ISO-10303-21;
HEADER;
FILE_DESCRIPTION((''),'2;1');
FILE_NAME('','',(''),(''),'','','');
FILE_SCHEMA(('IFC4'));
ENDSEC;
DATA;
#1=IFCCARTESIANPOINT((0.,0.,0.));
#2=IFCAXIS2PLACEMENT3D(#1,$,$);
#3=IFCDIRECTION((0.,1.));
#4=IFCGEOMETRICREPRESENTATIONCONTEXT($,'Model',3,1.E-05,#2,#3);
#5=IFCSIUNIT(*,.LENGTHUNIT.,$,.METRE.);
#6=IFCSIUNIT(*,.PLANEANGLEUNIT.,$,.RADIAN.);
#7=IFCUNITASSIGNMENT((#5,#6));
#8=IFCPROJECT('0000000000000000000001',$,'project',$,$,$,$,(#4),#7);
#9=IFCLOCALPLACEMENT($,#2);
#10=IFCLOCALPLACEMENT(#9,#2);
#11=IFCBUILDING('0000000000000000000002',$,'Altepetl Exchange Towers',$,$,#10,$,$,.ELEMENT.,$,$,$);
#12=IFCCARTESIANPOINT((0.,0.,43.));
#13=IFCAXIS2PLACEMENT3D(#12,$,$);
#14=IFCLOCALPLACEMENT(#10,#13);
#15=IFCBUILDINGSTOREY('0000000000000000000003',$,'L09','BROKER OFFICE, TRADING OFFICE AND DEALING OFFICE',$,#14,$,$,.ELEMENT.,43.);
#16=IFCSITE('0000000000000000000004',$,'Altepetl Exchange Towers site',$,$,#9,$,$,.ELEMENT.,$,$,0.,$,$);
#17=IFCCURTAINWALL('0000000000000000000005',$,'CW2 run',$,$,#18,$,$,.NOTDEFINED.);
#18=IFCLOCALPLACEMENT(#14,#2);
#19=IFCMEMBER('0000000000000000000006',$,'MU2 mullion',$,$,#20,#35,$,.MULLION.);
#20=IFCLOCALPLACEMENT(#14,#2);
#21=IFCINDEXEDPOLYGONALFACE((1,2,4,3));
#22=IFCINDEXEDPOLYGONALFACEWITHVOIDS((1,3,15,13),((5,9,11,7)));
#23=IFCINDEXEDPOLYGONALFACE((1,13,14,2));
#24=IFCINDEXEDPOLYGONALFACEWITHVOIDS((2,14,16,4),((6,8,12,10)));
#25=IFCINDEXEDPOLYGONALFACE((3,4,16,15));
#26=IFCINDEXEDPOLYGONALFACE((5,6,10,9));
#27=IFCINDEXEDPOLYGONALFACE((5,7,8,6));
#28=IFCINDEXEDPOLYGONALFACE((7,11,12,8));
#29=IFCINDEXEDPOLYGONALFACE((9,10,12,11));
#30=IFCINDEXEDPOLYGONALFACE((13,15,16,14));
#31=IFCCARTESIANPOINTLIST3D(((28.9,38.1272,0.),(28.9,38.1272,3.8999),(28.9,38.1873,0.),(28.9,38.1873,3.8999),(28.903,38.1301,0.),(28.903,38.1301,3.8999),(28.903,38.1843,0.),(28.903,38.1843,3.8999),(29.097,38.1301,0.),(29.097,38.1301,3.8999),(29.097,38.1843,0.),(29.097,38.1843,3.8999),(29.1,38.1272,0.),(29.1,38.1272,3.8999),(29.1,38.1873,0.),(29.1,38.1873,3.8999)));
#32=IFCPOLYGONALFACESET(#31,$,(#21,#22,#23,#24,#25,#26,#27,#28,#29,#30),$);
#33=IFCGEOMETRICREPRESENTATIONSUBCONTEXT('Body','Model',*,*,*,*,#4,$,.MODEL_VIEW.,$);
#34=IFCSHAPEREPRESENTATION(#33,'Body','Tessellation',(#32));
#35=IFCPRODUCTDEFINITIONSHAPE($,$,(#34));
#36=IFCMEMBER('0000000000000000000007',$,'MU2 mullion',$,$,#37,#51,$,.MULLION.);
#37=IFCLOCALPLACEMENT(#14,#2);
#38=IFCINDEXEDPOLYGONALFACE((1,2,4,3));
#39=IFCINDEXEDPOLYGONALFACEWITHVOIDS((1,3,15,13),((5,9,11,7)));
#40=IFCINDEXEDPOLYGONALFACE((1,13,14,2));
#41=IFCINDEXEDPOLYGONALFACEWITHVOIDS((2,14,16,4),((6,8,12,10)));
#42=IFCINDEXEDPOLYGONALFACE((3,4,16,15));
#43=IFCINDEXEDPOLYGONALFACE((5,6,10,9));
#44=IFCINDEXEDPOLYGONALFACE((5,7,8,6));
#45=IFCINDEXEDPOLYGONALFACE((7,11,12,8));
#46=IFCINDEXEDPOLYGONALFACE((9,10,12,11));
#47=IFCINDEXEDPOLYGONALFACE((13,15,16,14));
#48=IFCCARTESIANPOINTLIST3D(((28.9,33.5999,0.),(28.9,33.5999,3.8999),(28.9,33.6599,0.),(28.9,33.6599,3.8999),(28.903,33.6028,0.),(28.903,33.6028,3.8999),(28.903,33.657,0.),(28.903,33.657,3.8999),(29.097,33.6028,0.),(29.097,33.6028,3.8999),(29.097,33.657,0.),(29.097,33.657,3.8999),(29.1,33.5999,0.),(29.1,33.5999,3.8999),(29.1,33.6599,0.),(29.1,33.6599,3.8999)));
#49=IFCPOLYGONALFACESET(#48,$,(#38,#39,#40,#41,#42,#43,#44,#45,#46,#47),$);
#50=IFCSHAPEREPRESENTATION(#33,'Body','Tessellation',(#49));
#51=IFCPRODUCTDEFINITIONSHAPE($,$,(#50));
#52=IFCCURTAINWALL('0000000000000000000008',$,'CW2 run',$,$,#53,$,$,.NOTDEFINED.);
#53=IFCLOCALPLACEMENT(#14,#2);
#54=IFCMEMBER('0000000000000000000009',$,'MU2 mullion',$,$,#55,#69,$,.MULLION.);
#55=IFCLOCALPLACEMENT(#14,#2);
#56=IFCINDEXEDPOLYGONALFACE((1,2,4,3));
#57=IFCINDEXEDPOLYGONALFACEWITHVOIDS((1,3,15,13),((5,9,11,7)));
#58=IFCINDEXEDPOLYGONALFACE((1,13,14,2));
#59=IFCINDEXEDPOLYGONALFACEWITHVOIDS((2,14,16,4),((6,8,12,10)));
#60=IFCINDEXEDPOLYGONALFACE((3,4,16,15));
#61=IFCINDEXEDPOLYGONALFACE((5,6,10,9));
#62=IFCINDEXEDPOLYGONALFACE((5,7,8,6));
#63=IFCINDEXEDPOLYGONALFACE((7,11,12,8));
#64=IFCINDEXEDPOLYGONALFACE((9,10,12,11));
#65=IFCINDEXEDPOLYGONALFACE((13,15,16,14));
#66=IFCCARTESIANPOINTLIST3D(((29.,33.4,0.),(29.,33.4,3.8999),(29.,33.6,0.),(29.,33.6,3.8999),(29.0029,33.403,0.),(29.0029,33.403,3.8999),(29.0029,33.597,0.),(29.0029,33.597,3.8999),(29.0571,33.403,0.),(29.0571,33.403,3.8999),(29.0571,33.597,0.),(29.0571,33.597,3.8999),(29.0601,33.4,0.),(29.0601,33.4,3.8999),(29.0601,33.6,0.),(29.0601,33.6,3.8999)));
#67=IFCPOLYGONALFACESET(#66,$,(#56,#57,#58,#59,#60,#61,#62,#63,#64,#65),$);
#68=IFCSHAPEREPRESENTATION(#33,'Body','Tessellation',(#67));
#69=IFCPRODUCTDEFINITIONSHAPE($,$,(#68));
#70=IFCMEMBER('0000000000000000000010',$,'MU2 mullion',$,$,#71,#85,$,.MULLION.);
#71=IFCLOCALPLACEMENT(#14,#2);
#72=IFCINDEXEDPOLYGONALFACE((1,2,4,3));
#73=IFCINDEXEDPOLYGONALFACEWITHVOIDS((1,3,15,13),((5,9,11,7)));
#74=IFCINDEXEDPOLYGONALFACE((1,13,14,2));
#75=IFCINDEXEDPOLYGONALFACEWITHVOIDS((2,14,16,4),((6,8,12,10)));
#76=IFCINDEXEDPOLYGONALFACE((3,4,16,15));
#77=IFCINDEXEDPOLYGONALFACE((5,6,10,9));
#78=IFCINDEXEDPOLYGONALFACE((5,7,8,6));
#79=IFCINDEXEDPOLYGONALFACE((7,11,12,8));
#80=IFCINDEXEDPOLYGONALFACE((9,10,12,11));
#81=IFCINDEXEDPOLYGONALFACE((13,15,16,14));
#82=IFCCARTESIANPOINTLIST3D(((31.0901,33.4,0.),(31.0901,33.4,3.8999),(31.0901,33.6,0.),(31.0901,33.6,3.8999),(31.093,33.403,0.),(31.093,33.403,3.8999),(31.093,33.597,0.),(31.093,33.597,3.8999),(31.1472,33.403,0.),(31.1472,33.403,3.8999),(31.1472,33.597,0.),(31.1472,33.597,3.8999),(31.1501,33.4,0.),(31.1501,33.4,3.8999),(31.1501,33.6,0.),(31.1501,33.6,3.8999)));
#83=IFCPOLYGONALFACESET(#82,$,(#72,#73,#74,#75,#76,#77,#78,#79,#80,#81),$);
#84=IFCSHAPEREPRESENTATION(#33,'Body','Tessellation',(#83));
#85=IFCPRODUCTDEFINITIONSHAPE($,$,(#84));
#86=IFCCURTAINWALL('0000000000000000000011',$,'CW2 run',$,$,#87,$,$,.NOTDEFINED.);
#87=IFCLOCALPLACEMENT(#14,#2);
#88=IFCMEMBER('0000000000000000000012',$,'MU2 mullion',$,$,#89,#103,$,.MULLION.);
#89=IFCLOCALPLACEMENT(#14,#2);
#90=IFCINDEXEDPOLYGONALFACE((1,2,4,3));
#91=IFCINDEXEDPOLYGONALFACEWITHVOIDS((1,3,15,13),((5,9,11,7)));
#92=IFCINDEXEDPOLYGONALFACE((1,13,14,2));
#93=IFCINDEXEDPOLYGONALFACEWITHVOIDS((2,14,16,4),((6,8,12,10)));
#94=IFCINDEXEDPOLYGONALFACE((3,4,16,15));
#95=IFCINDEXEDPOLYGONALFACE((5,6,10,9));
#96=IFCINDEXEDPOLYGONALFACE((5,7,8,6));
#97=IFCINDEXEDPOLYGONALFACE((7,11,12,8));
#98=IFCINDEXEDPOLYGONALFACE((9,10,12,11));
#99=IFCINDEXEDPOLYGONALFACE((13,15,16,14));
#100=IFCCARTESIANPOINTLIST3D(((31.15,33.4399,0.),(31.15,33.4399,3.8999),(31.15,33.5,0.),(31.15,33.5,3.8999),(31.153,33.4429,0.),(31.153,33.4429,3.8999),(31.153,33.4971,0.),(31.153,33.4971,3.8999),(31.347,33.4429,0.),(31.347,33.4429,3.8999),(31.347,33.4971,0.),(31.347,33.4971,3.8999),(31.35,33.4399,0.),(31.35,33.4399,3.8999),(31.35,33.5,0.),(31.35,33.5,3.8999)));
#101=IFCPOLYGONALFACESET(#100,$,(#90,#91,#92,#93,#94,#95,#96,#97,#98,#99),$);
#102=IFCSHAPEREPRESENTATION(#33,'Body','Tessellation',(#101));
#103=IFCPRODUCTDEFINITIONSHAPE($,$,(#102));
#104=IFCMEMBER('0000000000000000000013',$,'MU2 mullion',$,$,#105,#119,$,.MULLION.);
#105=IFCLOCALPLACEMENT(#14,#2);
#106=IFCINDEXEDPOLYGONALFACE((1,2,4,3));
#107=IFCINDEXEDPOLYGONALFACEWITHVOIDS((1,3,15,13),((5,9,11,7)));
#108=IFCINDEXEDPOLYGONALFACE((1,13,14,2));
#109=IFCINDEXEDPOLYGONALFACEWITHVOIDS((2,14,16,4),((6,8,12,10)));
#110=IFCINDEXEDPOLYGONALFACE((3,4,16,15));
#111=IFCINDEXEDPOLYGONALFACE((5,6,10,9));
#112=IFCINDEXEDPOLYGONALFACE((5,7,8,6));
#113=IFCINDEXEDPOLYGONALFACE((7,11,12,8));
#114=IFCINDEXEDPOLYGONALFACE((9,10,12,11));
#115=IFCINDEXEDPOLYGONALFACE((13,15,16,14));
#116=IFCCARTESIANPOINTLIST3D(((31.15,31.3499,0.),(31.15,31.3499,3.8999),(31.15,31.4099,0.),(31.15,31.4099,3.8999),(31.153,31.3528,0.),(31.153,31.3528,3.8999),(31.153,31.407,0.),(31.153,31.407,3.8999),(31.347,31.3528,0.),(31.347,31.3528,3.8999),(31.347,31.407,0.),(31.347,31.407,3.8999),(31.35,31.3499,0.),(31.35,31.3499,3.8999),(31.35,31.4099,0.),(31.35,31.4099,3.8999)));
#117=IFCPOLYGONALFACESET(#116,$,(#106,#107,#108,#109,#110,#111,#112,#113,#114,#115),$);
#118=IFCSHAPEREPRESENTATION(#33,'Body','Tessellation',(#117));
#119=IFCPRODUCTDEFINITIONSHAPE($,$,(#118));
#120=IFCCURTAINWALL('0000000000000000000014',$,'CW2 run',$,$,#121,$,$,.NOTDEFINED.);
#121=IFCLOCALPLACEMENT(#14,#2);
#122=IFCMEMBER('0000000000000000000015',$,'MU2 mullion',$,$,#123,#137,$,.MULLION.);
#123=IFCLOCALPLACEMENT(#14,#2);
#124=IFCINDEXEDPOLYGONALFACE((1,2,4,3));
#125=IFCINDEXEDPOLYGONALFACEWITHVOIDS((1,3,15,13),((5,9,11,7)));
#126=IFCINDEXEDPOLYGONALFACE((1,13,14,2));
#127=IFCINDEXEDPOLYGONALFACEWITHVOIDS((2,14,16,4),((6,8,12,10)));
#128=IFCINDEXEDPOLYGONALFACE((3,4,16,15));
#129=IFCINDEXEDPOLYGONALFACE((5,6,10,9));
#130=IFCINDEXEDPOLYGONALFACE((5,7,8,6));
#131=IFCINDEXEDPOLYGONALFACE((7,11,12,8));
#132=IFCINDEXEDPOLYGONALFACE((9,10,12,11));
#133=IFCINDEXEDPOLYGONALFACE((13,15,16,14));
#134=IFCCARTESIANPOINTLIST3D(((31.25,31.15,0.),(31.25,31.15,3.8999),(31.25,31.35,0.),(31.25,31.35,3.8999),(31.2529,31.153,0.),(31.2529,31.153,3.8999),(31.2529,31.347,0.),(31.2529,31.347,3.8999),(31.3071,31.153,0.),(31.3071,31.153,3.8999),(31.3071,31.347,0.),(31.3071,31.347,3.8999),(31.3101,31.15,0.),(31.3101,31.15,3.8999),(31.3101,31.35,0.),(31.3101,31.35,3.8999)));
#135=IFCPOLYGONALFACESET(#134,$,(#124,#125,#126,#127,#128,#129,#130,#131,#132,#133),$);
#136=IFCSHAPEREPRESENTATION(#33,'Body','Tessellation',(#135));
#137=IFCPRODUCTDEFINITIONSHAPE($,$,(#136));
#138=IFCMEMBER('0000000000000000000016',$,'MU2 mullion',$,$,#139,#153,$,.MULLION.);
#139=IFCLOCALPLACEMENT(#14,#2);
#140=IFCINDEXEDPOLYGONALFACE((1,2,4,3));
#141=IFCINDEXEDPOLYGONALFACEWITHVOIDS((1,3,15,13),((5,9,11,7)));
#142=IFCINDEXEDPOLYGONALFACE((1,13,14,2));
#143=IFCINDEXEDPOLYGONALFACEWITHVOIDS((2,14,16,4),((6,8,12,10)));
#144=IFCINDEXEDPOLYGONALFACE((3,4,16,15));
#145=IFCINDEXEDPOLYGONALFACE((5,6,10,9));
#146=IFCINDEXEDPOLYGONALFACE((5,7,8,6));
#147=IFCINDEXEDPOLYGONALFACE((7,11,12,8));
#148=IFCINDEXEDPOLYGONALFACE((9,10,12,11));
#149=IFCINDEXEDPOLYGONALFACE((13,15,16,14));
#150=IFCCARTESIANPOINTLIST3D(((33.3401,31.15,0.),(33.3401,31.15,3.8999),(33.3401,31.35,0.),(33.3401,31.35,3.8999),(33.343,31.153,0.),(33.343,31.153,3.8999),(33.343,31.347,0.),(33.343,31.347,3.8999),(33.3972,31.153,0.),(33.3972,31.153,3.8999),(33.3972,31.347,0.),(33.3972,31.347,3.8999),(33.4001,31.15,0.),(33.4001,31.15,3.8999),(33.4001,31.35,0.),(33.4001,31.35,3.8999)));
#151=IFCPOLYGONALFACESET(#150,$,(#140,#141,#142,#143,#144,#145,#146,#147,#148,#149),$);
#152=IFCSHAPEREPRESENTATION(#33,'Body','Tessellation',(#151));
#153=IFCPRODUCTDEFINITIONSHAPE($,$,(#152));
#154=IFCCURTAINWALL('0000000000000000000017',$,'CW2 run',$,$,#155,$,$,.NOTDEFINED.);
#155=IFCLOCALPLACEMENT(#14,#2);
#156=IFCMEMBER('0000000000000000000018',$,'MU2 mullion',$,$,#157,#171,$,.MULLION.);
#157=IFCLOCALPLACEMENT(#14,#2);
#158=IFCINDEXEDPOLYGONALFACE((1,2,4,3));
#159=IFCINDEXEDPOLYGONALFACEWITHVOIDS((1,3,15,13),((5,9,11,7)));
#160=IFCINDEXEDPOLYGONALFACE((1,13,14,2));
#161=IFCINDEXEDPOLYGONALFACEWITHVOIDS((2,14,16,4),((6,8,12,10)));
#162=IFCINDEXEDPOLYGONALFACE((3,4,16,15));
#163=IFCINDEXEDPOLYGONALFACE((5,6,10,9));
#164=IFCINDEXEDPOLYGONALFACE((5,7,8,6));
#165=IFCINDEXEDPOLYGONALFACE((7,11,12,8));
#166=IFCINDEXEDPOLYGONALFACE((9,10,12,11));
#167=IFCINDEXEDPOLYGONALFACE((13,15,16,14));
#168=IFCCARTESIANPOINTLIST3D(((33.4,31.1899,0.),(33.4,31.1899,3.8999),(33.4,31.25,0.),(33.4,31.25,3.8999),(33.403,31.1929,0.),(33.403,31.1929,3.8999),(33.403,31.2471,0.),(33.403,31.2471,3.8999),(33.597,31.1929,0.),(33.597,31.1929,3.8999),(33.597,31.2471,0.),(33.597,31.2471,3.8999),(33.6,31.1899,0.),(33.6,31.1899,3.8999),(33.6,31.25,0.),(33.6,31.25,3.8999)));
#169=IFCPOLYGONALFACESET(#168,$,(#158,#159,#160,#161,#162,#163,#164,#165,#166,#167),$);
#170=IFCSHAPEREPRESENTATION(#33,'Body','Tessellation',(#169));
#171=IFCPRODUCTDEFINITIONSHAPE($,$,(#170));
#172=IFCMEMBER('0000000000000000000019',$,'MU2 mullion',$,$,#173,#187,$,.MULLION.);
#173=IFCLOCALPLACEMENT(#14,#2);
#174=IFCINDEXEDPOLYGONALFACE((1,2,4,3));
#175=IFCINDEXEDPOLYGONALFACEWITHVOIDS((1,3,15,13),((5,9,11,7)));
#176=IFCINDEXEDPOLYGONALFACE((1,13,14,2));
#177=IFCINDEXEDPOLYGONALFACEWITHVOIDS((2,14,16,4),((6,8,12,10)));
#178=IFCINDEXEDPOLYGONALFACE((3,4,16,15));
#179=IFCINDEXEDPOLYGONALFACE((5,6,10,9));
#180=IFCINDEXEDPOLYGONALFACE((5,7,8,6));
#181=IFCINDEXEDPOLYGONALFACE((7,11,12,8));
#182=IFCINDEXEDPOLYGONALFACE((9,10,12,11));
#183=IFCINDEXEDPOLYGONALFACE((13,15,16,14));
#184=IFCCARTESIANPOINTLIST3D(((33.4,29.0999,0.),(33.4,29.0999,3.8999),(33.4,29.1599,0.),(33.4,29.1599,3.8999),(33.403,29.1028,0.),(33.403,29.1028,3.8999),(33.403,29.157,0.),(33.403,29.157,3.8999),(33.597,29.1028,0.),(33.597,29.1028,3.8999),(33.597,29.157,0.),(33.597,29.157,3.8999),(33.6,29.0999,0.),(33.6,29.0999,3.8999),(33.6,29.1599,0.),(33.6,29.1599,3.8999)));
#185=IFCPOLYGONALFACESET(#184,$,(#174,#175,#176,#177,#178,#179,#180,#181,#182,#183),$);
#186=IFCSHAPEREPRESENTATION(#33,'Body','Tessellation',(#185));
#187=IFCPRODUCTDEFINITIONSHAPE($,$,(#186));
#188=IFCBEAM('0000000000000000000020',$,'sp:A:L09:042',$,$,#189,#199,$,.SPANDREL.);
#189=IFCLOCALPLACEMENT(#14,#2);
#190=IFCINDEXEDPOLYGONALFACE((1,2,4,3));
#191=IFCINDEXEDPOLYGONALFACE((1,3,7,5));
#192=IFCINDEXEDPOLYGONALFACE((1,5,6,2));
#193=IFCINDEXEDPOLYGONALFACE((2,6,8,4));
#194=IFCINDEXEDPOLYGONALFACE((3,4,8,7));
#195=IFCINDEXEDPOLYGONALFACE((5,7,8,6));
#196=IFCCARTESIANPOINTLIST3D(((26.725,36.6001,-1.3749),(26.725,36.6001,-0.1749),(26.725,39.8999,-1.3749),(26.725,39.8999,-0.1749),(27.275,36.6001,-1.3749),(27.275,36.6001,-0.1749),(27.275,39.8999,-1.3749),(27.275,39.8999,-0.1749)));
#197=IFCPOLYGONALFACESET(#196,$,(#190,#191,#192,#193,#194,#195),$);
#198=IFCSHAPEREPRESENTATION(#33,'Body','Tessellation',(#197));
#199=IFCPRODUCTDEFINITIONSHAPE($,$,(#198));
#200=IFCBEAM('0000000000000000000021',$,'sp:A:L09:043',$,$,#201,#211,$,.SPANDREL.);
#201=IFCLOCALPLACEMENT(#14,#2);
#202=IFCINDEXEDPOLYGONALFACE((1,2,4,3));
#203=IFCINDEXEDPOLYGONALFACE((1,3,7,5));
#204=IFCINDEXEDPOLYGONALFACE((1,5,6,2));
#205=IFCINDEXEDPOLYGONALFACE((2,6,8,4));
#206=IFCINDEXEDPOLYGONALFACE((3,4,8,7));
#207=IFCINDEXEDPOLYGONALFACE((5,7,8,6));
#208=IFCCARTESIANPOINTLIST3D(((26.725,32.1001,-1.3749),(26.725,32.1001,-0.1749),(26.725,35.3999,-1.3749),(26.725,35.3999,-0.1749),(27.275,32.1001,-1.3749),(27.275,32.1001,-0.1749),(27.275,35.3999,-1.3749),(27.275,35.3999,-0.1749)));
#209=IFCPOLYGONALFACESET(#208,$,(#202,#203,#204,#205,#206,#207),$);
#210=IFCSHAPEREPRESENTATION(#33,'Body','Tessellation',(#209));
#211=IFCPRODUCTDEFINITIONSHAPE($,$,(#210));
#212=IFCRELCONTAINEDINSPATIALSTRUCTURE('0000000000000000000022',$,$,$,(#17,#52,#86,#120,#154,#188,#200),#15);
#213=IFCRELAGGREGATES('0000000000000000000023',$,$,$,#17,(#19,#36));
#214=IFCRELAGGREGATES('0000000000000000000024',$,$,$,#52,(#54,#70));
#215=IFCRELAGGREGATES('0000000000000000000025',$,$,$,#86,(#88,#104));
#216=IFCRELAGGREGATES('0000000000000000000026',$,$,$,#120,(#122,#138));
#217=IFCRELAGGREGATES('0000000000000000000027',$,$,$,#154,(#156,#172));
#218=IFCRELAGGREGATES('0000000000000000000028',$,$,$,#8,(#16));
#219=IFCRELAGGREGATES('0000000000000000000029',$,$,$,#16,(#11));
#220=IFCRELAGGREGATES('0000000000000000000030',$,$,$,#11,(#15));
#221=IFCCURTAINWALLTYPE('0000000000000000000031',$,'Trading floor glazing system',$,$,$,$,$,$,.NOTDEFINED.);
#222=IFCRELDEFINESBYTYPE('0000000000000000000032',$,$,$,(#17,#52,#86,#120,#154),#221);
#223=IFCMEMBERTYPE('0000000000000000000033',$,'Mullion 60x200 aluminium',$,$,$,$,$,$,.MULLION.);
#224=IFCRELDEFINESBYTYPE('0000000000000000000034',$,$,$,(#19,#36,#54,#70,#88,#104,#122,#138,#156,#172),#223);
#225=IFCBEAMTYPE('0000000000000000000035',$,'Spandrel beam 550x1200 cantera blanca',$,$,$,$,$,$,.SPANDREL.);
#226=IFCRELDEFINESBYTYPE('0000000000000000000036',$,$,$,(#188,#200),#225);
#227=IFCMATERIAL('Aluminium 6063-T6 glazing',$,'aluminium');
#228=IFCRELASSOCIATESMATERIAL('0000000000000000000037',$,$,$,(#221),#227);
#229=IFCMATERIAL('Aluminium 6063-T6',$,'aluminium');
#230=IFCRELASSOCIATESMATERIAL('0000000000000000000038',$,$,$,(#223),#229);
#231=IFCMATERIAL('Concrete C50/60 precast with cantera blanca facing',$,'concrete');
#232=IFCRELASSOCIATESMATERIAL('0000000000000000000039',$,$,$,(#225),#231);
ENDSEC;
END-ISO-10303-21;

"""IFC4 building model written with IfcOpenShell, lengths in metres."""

from ifc_helpers import new_model, si_unit, direction, frame, origin, origin_2d, place, context, subcontext, project, spatial, rectangle, hollow_rectangle, extrude, material, material_profile, profile_set, type_object, element, aggregate, save


model = new_model("IFC4")

# Units and contexts
model_context = context("Model", 3, precision=1e-05, world=origin(), true_north=direction((0.0, 1.0)))
body_context = subcontext(model_context, "Body", "Model", "MODEL_VIEW")
ifc_project = project(units=[si_unit("LENGTHUNIT", "METRE"), si_unit("PLANEANGLEUNIT", "RADIAN")], contexts=[model_context])

# Site, building, storey
site_placement = place(None, origin())
site = spatial("IfcSite", under=ifc_project, at=site_placement, Name="Altepetl Exchange Towers site", CompositionType="ELEMENT", RefElevation=0.0)
building_placement = place(site_placement, origin())
building = spatial("IfcBuilding", under=site, at=building_placement, Name="Altepetl Exchange Towers", CompositionType="ELEMENT")
storey_placement = place(building_placement, frame((0.0, 0.0, 43.0)))
storey = spatial("IfcBuildingStorey", under=building, at=storey_placement, Name="L09", Description="BROKER OFFICE, TRADING OFFICE AND DEALING OFFICE", CompositionType="ELEMENT", Elevation=43.0)

# Curtain walls, members
ifc_material_1 = material(Name="Aluminium 6063-T6 glazing", Category="aluminium")
curtain_wall_type = type_object("IfcCurtainWallType", Name="Trading floor glazing system", PredefinedType="NOTDEFINED", material=ifc_material_1)
curtain_wall_1_placement = place(storey_placement, origin())
curtain_wall_1 = element("IfcCurtainWall", 1, at=curtain_wall_1_placement, inside=storey, type_object=curtain_wall_type, Name="CW2 run", PredefinedType="NOTDEFINED")
ifc_material_2 = material(Name="Aluminium 6063-T6", Category="aluminium")
ifc_material_profile_1 = material_profile(ifc_material_2, hollow_rectangle(XDim=0.0601, YDim=0.2, WallThickness=0.0029, at=origin_2d()), Name="Mullion 60x200 aluminium")
ifc_profile_set_1 = profile_set([ifc_material_profile_1], Name="Aluminium 6063-T6")
member_type = type_object("IfcMemberType", Name="Mullion 60x200 aluminium", PredefinedType="MULLION", material=ifc_profile_set_1)
member_1_placement = place(storey_placement, frame((29.0, 38.1572, 0.0), z_axis=(0.0, 0.0, 1.0), x_axis=(0.0, -1.0, 0.0)))
member_1 = element("IfcMember", 2, at=member_1_placement, type_object=member_type, Name="MU2 mullion", PredefinedType="MULLION", context=body_context, shape_type="SweptSolid", body=[
    extrude(hollow_rectangle(XDim=0.0601, YDim=0.2, WallThickness=0.0029, at=origin_2d()), origin(), (0.0, 0.0, 1.0), 3.8999),
])
member_2_placement = place(storey_placement, frame((29.0, 33.6299, 0.0), z_axis=(0.0, 0.0, 1.0), x_axis=(0.0, -1.0, 0.0)))
member_2 = element("IfcMember", 3, at=member_2_placement, type_object=member_type, Name="MU2 mullion", PredefinedType="MULLION", context=body_context, shape_type="SweptSolid", body=[
    extrude(hollow_rectangle(XDim=0.0601, YDim=0.2, WallThickness=0.0029, at=origin_2d()), origin(), (0.0, 0.0, 1.0), 3.8999),
])
curtain_wall_2_placement = place(storey_placement, origin())
curtain_wall_2 = element("IfcCurtainWall", 4, at=curtain_wall_2_placement, inside=storey, type_object=curtain_wall_type, Name="CW2 run", PredefinedType="NOTDEFINED")
member_3_placement = place(storey_placement, frame((29.03, 33.5, 0.0)))
member_3 = element("IfcMember", 5, at=member_3_placement, type_object=member_type, Name="MU2 mullion", PredefinedType="MULLION", context=body_context, shape_type="SweptSolid", body=[
    extrude(hollow_rectangle(XDim=0.0601, YDim=0.2, WallThickness=0.0029, at=origin_2d()), origin(), (0.0, 0.0, 1.0), 3.8999),
])
member_4_placement = place(storey_placement, frame((31.1201, 33.5, 0.0)))
member_4 = element("IfcMember", 6, at=member_4_placement, type_object=member_type, Name="MU2 mullion", PredefinedType="MULLION", context=body_context, shape_type="SweptSolid", body=[
    extrude(hollow_rectangle(XDim=0.0601, YDim=0.2, WallThickness=0.0029, at=origin_2d()), origin(), (0.0, 0.0, 1.0), 3.8999),
])
curtain_wall_3_placement = place(storey_placement, origin())
curtain_wall_3 = element("IfcCurtainWall", 7, at=curtain_wall_3_placement, inside=storey, type_object=curtain_wall_type, Name="CW2 run", PredefinedType="NOTDEFINED")
member_5_placement = place(storey_placement, frame((31.25, 33.47, 0.0), z_axis=(0.0, 0.0, 1.0), x_axis=(0.0, -1.0, 0.0)))
member_5 = element("IfcMember", 8, at=member_5_placement, type_object=member_type, Name="MU2 mullion", PredefinedType="MULLION", context=body_context, shape_type="SweptSolid", body=[
    extrude(hollow_rectangle(XDim=0.0601, YDim=0.2, WallThickness=0.0029, at=origin_2d()), origin(), (0.0, 0.0, 1.0), 3.8999),
])
member_6_placement = place(storey_placement, frame((31.25, 31.3799, 0.0), z_axis=(0.0, 0.0, 1.0), x_axis=(0.0, -1.0, 0.0)))
member_6 = element("IfcMember", 9, at=member_6_placement, type_object=member_type, Name="MU2 mullion", PredefinedType="MULLION", context=body_context, shape_type="SweptSolid", body=[
    extrude(hollow_rectangle(XDim=0.0601, YDim=0.2, WallThickness=0.0029, at=origin_2d()), origin(), (0.0, 0.0, 1.0), 3.8999),
])
curtain_wall_4_placement = place(storey_placement, origin())
curtain_wall_4 = element("IfcCurtainWall", 10, at=curtain_wall_4_placement, inside=storey, type_object=curtain_wall_type, Name="CW2 run", PredefinedType="NOTDEFINED")
member_7_placement = place(storey_placement, frame((31.28, 31.25, 0.0)))
member_7 = element("IfcMember", 11, at=member_7_placement, type_object=member_type, Name="MU2 mullion", PredefinedType="MULLION", context=body_context, shape_type="SweptSolid", body=[
    extrude(hollow_rectangle(XDim=0.0601, YDim=0.2, WallThickness=0.0029, at=origin_2d()), origin(), (0.0, 0.0, 1.0), 3.8999),
])
member_8_placement = place(storey_placement, frame((33.3701, 31.25, 0.0)))
member_8 = element("IfcMember", 12, at=member_8_placement, type_object=member_type, Name="MU2 mullion", PredefinedType="MULLION", context=body_context, shape_type="SweptSolid", body=[
    extrude(hollow_rectangle(XDim=0.0601, YDim=0.2, WallThickness=0.0029, at=origin_2d()), origin(), (0.0, 0.0, 1.0), 3.8999),
])
curtain_wall_5_placement = place(storey_placement, origin())
curtain_wall_5 = element("IfcCurtainWall", 13, at=curtain_wall_5_placement, inside=storey, type_object=curtain_wall_type, Name="CW2 run", PredefinedType="NOTDEFINED")
member_9_placement = place(storey_placement, frame((33.5, 31.22, 0.0), z_axis=(0.0, 0.0, 1.0), x_axis=(0.0, -1.0, 0.0)))
member_9 = element("IfcMember", 14, at=member_9_placement, type_object=member_type, Name="MU2 mullion", PredefinedType="MULLION", context=body_context, shape_type="SweptSolid", body=[
    extrude(hollow_rectangle(XDim=0.0601, YDim=0.2, WallThickness=0.0029, at=origin_2d()), origin(), (0.0, 0.0, 1.0), 3.8999),
])
member_10_placement = place(storey_placement, frame((33.5, 29.1299, 0.0), z_axis=(0.0, 0.0, 1.0), x_axis=(0.0, -1.0, 0.0)))
member_10 = element("IfcMember", 15, at=member_10_placement, type_object=member_type, Name="MU2 mullion", PredefinedType="MULLION", context=body_context, shape_type="SweptSolid", body=[
    extrude(hollow_rectangle(XDim=0.0601, YDim=0.2, WallThickness=0.0029, at=origin_2d()), origin(), (0.0, 0.0, 1.0), 3.8999),
])

# Beams
ifc_material_3 = material(Name="Concrete C50/60 precast with cantera blanca facing", Category="concrete")
ifc_material_profile_2 = material_profile(ifc_material_3, rectangle(XDim=0.55, YDim=1.2, at=origin_2d()), Name="550 x 1200")
ifc_profile_set_2 = profile_set([ifc_material_profile_2], Name="Concrete C50/60 precast with cantera blanca facing")
beam_type_1 = type_object("IfcBeamType", Name="Spandrel beam 550x1200 cantera blanca", PredefinedType="SPANDREL", material=ifc_profile_set_2)
for number, where, z_axis, x_axis, name in (
    (16, (27.0, 39.8999, -0.7749), (0.0, -1.0, 0.0), (1.0, 0.0, 0.0), "sp:A:L09:042"),
    (17, (27.0, 35.3999, -0.7749), (0.0, -1.0, 0.0), (1.0, 0.0, 0.0), "sp:A:L09:043"),
):
    element("IfcBeam", number, at=place(storey_placement, frame(where, z_axis=z_axis, x_axis=x_axis)), inside=storey, type_object=beam_type_1, Name=name, PredefinedType="SPANDREL", context=body_context, shape_type="SweptSolid", body=[
        extrude(rectangle(XDim=0.55, YDim=1.2, at=origin_2d()), origin(), (0.0, 0.0, 1.0), 3.2998),
    ])

aggregate(curtain_wall_1, [member_1, member_2])
aggregate(curtain_wall_2, [member_3, member_4])
aggregate(curtain_wall_3, [member_5, member_6])
aggregate(curtain_wall_4, [member_7, member_8])
aggregate(curtain_wall_5, [member_9, member_10])

save(model, "model.ifc")
